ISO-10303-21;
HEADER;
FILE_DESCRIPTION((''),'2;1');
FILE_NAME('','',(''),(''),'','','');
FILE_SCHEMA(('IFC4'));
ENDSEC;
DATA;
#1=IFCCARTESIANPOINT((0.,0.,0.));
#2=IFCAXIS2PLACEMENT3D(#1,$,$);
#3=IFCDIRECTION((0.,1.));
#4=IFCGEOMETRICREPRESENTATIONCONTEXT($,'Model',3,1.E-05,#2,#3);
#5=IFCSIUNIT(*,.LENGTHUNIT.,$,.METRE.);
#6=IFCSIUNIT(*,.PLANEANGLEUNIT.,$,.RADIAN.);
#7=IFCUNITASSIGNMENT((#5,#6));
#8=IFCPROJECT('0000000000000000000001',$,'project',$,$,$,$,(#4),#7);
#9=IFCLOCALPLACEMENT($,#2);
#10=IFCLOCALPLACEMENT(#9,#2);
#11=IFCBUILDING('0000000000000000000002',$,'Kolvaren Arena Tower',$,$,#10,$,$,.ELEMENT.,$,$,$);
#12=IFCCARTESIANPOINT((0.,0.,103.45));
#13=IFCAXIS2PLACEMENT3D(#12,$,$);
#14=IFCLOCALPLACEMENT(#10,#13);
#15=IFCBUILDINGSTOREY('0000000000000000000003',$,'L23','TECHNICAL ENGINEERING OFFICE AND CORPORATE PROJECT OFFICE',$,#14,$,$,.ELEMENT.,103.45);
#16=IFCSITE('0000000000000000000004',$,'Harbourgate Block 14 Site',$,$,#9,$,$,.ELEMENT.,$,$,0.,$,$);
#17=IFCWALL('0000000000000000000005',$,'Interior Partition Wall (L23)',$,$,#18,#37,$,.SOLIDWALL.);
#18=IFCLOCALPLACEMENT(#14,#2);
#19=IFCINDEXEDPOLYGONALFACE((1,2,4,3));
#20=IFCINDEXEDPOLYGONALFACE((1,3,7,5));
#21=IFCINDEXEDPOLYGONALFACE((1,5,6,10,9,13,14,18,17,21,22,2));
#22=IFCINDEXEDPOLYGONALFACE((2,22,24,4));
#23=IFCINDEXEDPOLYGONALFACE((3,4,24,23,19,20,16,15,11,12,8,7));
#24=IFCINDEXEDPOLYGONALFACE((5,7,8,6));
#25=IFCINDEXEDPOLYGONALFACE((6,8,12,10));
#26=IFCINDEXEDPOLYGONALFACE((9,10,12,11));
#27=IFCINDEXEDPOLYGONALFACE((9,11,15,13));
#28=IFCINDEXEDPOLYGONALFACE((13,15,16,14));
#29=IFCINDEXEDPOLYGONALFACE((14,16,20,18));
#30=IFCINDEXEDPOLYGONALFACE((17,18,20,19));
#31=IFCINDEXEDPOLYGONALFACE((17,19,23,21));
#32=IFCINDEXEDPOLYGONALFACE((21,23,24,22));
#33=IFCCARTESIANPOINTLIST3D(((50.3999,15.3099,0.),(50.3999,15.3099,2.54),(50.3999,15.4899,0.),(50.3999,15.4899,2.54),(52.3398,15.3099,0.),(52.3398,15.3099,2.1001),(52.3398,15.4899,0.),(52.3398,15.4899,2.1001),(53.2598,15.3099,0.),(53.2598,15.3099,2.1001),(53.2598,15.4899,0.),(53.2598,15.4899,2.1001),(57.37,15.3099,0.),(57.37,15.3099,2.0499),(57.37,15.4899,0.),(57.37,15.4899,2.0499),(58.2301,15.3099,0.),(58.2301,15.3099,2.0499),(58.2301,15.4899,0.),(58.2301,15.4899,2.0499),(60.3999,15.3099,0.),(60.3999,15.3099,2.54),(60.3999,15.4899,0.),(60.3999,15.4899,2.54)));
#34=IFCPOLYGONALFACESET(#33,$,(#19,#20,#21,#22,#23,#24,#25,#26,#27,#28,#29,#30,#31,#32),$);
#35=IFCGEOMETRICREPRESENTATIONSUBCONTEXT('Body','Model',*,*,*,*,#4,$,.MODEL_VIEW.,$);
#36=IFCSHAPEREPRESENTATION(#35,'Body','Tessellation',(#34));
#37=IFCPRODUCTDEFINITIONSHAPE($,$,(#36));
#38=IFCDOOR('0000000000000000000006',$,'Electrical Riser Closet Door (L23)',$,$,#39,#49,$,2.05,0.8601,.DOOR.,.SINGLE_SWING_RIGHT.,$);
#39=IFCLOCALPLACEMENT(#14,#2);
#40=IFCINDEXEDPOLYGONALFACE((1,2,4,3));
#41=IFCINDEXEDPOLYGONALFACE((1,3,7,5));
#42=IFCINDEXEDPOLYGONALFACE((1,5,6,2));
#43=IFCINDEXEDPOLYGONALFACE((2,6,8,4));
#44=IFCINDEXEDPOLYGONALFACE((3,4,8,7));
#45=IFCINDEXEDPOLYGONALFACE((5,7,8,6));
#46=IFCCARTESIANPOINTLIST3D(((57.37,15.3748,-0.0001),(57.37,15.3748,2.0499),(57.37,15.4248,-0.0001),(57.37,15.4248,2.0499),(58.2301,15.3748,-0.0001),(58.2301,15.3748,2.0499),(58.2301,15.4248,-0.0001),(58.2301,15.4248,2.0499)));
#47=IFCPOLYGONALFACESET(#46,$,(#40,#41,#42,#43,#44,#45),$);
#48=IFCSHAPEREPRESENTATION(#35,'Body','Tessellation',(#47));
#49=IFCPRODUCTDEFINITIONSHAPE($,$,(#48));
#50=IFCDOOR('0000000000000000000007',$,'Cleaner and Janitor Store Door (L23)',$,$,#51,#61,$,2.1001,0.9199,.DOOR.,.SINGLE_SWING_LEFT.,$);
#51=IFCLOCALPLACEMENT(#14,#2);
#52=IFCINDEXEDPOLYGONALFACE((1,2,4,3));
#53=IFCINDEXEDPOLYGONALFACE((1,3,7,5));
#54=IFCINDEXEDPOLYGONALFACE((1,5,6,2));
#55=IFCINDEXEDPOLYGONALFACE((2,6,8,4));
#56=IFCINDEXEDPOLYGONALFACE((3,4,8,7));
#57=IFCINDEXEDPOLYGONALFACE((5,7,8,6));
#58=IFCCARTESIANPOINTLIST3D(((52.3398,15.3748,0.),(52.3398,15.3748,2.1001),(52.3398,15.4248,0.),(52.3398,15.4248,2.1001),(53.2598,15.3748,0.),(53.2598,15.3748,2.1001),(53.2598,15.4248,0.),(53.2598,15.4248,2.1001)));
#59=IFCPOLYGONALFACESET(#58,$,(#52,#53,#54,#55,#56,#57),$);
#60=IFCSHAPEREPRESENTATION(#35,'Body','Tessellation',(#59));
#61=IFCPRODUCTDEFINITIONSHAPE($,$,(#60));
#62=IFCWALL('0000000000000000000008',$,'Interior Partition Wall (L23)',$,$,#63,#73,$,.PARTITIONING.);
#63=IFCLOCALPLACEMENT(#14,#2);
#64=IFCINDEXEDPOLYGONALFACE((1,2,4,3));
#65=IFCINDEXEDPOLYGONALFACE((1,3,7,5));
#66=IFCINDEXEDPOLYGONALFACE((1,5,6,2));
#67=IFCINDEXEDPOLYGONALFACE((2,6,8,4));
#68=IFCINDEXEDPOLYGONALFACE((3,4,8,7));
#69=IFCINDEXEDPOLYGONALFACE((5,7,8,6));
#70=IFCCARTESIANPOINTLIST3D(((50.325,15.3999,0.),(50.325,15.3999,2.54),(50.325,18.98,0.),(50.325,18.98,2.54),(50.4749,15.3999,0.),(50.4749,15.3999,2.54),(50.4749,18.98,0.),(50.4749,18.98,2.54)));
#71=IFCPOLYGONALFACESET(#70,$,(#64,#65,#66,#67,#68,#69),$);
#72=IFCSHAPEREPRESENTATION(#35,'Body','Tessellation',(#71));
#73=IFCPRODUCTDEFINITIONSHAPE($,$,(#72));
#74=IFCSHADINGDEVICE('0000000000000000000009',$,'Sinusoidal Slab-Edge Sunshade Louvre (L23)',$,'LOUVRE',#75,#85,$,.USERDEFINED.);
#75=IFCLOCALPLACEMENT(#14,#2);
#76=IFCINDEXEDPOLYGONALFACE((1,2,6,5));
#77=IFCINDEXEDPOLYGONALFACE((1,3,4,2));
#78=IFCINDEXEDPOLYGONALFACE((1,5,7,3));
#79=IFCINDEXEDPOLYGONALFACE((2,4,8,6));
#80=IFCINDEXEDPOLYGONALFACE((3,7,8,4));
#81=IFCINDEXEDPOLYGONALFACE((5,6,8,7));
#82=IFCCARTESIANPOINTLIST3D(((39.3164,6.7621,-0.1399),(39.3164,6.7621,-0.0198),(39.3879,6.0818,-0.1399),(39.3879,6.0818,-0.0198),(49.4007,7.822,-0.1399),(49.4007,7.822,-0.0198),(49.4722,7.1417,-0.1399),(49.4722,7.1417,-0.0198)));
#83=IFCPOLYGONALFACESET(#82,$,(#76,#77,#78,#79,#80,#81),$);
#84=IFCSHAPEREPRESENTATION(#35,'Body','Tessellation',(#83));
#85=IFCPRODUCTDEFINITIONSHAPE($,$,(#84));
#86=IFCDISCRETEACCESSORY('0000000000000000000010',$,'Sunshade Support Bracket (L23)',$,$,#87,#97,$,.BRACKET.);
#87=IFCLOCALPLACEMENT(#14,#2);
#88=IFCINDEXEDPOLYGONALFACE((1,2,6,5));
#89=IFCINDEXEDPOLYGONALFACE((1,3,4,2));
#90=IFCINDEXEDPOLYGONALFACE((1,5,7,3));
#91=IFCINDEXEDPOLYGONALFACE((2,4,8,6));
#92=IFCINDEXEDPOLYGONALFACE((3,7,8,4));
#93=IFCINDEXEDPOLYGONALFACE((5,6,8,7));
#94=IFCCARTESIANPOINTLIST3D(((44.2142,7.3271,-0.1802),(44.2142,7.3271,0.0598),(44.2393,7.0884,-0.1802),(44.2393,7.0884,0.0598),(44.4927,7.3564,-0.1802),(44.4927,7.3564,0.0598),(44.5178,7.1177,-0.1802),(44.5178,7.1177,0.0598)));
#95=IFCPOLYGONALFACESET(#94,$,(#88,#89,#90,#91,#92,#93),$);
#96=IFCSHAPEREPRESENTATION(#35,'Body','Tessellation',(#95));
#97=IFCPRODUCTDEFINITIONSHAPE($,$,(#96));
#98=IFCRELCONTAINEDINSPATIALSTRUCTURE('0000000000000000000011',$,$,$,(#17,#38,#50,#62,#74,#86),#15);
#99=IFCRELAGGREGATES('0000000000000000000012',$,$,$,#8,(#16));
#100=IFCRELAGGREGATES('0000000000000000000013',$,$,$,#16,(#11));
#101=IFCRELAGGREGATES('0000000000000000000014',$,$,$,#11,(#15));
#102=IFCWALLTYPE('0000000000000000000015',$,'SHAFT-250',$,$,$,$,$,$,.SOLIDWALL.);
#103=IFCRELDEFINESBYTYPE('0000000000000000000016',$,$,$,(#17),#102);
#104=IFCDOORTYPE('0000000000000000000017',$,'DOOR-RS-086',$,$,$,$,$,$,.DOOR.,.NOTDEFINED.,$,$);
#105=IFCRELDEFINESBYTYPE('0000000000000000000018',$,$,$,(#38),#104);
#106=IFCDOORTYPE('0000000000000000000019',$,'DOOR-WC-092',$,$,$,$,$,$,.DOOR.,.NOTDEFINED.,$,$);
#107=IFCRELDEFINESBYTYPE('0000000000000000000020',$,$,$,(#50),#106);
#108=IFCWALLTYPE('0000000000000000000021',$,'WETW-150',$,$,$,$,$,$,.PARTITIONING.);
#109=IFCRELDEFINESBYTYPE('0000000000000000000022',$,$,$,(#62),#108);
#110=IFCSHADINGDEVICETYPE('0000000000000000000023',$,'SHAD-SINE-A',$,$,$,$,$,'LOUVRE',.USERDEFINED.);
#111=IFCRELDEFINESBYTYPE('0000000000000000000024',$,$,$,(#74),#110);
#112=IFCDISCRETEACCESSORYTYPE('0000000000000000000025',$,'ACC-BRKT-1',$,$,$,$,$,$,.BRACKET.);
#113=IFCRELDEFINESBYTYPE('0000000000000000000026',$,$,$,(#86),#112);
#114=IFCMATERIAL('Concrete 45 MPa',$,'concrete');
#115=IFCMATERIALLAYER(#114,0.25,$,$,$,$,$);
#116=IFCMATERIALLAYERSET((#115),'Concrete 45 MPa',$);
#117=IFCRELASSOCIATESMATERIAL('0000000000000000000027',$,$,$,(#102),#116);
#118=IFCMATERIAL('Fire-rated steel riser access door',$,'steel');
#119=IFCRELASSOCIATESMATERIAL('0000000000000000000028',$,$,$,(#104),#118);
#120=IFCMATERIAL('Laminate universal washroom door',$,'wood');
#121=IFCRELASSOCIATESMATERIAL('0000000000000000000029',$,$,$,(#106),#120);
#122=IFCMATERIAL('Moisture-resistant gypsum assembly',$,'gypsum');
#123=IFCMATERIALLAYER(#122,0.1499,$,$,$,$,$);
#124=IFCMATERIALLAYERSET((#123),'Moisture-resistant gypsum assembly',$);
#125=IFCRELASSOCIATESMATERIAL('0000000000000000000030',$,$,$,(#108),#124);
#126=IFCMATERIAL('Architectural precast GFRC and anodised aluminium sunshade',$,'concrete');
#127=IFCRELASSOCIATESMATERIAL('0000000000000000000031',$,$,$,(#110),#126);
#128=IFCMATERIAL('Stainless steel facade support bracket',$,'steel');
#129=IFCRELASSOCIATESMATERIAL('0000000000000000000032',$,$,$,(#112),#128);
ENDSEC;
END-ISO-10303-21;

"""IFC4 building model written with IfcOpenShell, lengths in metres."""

from ifc_helpers import new_model, si_unit, direction, frame, frame_2d, origin, origin_2d, place, context, subcontext, project, spatial, rectangle, extrude, material, layer, layer_set, type_object, element, fill, save


model = new_model("IFC4")

# Units and contexts
model_context = context("Model", 3, precision=1e-05, world=origin(), true_north=direction((0.0, 1.0)))
body_context = subcontext(model_context, "Body", "Model", "MODEL_VIEW")
ifc_project = project(units=[si_unit("LENGTHUNIT", "METRE"), si_unit("PLANEANGLEUNIT", "RADIAN")], contexts=[model_context])

# Site, building, storey
site_placement = place(None, origin())
site = spatial("IfcSite", under=ifc_project, at=site_placement, Name="Harbourgate Block 14 Site", CompositionType="ELEMENT", RefElevation=0.0)
building_placement = place(site_placement, origin())
building = spatial("IfcBuilding", under=site, at=building_placement, Name="Kolvaren Arena Tower", CompositionType="ELEMENT")
storey_placement = place(building_placement, frame((0.0, 0.0, 103.45)))
storey = spatial("IfcBuildingStorey", under=building, at=storey_placement, Name="L23", Description="TECHNICAL ENGINEERING OFFICE AND CORPORATE PROJECT OFFICE", CompositionType="ELEMENT", Elevation=103.45)

# Shared definitions
ifc_material_1 = material(Name="Concrete 45 MPa", Category="concrete")
ifc_layer_1 = layer(ifc_material_1, 0.25)
ifc_layer_set_1 = layer_set([ifc_layer_1], Name="Concrete 45 MPa")
wall_type_1 = type_object("IfcWallType", Name="SHAFT-250", PredefinedType="SOLIDWALL", material=ifc_layer_set_1)

# Wall, openings, doors
wall_1_placement = place(storey_placement, frame((50.3999, 15.3999, 0.0), z_axis=(0.0, 0.0, 1.0), x_axis=(1.0, 0.0, 0.0)))
wall_1 = element("IfcWall", 1, at=wall_1_placement, inside=storey, type_object=wall_type_1, Name="Interior Partition Wall (L23)", PredefinedType="SOLIDWALL", context=body_context, shape_type="SweptSolid", body=[
    extrude(rectangle(XDim=10.0, YDim=0.1799, at=frame_2d((5.0, 0.0))), origin(), (0.0, 0.0, 1.0), 2.54),
])
opening_1_placement = place(wall_1_placement, frame((1.9399, 0.0, 0.0)))
opening_1 = element("IfcOpeningElement", 2, at=opening_1_placement, cuts=wall_1, PredefinedType="OPENING", context=body_context, shape_type="SweptSolid", body=[
    extrude(rectangle(XDim=0.9199, YDim=2.1001, at=frame_2d((0.46, 1.05))), frame((0.0, 0.0999, 0.0), z_axis=(0.0, -1.0, 0.0), x_axis=(1.0, 0.0, 0.0)), (0.0, 0.0, 1.0), 0.2),
])
opening_2_placement = place(wall_1_placement, frame((6.97, 0.0, 0.0)))
opening_2 = element("IfcOpeningElement", 3, at=opening_2_placement, cuts=wall_1, PredefinedType="OPENING", context=body_context, shape_type="SweptSolid", body=[
    extrude(rectangle(XDim=0.8601, YDim=2.05, at=frame_2d((0.4302, 1.0249))), frame((0.0, 0.0999, 0.0), z_axis=(0.0, -1.0, 0.0), x_axis=(1.0, 0.0, 0.0)), (0.0, 0.0, 1.0), 0.2),
])
ifc_material_2 = material(Name="Fire-rated steel riser access door", Category="steel")
door_type_1 = type_object("IfcDoorType", Name="DOOR-RS-086", OperationType="NOTDEFINED", PredefinedType="DOOR", material=ifc_material_2)
door_1_placement = place(opening_2_placement, origin())
door_1 = element("IfcDoor", 4, at=door_1_placement, inside=storey, type_object=door_type_1, Name="Electrical Riser Closet Door (L23)", OperationType="SINGLE_SWING_RIGHT", OverallHeight=2.05, OverallWidth=0.8601, PredefinedType="DOOR", context=body_context, shape_type="SweptSolid", body=[
    extrude(rectangle(XDim=0.8601, YDim=2.05, at=frame_2d((0.4302, 1.0249))), frame((0.0, 0.0249, 0.0), z_axis=(0.0, -1.0, 0.0), x_axis=(1.0, 0.0, 0.0)), (0.0, 0.0, 1.0), 0.05),
])
fill(opening_2, door_1)
ifc_material_3 = material(Name="Laminate universal washroom door", Category="wood")
door_type_2 = type_object("IfcDoorType", Name="DOOR-WC-092", OperationType="NOTDEFINED", PredefinedType="DOOR", material=ifc_material_3)
door_2_placement = place(opening_1_placement, origin())
door_2 = element("IfcDoor", 5, at=door_2_placement, inside=storey, type_object=door_type_2, Name="Cleaner and Janitor Store Door (L23)", OperationType="SINGLE_SWING_LEFT", OverallHeight=2.1001, OverallWidth=0.9199, PredefinedType="DOOR", context=body_context, shape_type="SweptSolid", body=[
    extrude(rectangle(XDim=0.9199, YDim=2.1001, at=frame_2d((0.46, 1.05))), frame((0.0, 0.0249, 0.0), z_axis=(0.0, -1.0, 0.0), x_axis=(1.0, 0.0, 0.0)), (0.0, 0.0, 1.0), 0.05),
])
fill(opening_1, door_2)

# Wall
ifc_material_4 = material(Name="Moisture-resistant gypsum assembly", Category="gypsum")
ifc_layer_2 = layer(ifc_material_4, 0.1499)
ifc_layer_set_2 = layer_set([ifc_layer_2], Name="Moisture-resistant gypsum assembly")
wall_type_2 = type_object("IfcWallType", Name="WETW-150", PredefinedType="PARTITIONING", material=ifc_layer_set_2)
wall_2_placement = place(storey_placement, frame((50.3999, 15.3999, 0.0), z_axis=(0.0, 0.0, 1.0), x_axis=(0.0, 1.0, 0.0)))
element("IfcWall", 6, at=wall_2_placement, inside=storey, type_object=wall_type_2, Name="Interior Partition Wall (L23)", PredefinedType="PARTITIONING", context=body_context, shape_type="SweptSolid", body=[
    extrude(rectangle(XDim=3.5801, YDim=0.1499, at=frame_2d((1.79, 0.0))), origin(), (0.0, 0.0, 1.0), 2.54),
])

# Shading device
ifc_material_5 = material(Name="Architectural precast GFRC and anodised aluminium sunshade", Category="concrete")
shading_device_type = type_object("IfcShadingDeviceType", Name="SHAD-SINE-A", ElementType="LOUVRE", PredefinedType="USERDEFINED", material=ifc_material_5)
shading_device_placement = place(storey_placement, frame((44.3943, 6.9519, -0.1399), z_axis=(0.0, 0.0, 1.0), x_axis=(-0.994522, -0.104527, 0.0)))
element("IfcShadingDevice", 7, at=shading_device_placement, inside=storey, type_object=shading_device_type, Name="Sinusoidal Slab-Edge Sunshade Louvre (L23)", ObjectType="LOUVRE", PredefinedType="USERDEFINED", context=body_context, shape_type="SweptSolid", body=[
    extrude(rectangle(XDim=10.1399, YDim=0.6841, at=origin_2d()), origin(), (0.0, 0.0, 1.0), 0.1201),
])

# Discrete accessory
ifc_material_6 = material(Name="Stainless steel facade support bracket", Category="steel")
discrete_accessory_type = type_object("IfcDiscreteAccessoryType", Name="ACC-BRKT-1", PredefinedType="BRACKET", material=ifc_material_6)
discrete_accessory_placement = place(storey_placement, frame((44.366, 7.2224, -0.1802), z_axis=(0.0, 0.0, 1.0), x_axis=(-0.994522, -0.104527, 0.0)))
element("IfcDiscreteAccessory", 8, at=discrete_accessory_placement, inside=storey, type_object=discrete_accessory_type, Name="Sunshade Support Bracket (L23)", PredefinedType="BRACKET", context=body_context, shape_type="SweptSolid", body=[
    extrude(rectangle(XDim=0.28, YDim=0.24, at=origin_2d()), origin(), (0.0, 0.0, 1.0), 0.24),
])

save(model, "model.ifc")
